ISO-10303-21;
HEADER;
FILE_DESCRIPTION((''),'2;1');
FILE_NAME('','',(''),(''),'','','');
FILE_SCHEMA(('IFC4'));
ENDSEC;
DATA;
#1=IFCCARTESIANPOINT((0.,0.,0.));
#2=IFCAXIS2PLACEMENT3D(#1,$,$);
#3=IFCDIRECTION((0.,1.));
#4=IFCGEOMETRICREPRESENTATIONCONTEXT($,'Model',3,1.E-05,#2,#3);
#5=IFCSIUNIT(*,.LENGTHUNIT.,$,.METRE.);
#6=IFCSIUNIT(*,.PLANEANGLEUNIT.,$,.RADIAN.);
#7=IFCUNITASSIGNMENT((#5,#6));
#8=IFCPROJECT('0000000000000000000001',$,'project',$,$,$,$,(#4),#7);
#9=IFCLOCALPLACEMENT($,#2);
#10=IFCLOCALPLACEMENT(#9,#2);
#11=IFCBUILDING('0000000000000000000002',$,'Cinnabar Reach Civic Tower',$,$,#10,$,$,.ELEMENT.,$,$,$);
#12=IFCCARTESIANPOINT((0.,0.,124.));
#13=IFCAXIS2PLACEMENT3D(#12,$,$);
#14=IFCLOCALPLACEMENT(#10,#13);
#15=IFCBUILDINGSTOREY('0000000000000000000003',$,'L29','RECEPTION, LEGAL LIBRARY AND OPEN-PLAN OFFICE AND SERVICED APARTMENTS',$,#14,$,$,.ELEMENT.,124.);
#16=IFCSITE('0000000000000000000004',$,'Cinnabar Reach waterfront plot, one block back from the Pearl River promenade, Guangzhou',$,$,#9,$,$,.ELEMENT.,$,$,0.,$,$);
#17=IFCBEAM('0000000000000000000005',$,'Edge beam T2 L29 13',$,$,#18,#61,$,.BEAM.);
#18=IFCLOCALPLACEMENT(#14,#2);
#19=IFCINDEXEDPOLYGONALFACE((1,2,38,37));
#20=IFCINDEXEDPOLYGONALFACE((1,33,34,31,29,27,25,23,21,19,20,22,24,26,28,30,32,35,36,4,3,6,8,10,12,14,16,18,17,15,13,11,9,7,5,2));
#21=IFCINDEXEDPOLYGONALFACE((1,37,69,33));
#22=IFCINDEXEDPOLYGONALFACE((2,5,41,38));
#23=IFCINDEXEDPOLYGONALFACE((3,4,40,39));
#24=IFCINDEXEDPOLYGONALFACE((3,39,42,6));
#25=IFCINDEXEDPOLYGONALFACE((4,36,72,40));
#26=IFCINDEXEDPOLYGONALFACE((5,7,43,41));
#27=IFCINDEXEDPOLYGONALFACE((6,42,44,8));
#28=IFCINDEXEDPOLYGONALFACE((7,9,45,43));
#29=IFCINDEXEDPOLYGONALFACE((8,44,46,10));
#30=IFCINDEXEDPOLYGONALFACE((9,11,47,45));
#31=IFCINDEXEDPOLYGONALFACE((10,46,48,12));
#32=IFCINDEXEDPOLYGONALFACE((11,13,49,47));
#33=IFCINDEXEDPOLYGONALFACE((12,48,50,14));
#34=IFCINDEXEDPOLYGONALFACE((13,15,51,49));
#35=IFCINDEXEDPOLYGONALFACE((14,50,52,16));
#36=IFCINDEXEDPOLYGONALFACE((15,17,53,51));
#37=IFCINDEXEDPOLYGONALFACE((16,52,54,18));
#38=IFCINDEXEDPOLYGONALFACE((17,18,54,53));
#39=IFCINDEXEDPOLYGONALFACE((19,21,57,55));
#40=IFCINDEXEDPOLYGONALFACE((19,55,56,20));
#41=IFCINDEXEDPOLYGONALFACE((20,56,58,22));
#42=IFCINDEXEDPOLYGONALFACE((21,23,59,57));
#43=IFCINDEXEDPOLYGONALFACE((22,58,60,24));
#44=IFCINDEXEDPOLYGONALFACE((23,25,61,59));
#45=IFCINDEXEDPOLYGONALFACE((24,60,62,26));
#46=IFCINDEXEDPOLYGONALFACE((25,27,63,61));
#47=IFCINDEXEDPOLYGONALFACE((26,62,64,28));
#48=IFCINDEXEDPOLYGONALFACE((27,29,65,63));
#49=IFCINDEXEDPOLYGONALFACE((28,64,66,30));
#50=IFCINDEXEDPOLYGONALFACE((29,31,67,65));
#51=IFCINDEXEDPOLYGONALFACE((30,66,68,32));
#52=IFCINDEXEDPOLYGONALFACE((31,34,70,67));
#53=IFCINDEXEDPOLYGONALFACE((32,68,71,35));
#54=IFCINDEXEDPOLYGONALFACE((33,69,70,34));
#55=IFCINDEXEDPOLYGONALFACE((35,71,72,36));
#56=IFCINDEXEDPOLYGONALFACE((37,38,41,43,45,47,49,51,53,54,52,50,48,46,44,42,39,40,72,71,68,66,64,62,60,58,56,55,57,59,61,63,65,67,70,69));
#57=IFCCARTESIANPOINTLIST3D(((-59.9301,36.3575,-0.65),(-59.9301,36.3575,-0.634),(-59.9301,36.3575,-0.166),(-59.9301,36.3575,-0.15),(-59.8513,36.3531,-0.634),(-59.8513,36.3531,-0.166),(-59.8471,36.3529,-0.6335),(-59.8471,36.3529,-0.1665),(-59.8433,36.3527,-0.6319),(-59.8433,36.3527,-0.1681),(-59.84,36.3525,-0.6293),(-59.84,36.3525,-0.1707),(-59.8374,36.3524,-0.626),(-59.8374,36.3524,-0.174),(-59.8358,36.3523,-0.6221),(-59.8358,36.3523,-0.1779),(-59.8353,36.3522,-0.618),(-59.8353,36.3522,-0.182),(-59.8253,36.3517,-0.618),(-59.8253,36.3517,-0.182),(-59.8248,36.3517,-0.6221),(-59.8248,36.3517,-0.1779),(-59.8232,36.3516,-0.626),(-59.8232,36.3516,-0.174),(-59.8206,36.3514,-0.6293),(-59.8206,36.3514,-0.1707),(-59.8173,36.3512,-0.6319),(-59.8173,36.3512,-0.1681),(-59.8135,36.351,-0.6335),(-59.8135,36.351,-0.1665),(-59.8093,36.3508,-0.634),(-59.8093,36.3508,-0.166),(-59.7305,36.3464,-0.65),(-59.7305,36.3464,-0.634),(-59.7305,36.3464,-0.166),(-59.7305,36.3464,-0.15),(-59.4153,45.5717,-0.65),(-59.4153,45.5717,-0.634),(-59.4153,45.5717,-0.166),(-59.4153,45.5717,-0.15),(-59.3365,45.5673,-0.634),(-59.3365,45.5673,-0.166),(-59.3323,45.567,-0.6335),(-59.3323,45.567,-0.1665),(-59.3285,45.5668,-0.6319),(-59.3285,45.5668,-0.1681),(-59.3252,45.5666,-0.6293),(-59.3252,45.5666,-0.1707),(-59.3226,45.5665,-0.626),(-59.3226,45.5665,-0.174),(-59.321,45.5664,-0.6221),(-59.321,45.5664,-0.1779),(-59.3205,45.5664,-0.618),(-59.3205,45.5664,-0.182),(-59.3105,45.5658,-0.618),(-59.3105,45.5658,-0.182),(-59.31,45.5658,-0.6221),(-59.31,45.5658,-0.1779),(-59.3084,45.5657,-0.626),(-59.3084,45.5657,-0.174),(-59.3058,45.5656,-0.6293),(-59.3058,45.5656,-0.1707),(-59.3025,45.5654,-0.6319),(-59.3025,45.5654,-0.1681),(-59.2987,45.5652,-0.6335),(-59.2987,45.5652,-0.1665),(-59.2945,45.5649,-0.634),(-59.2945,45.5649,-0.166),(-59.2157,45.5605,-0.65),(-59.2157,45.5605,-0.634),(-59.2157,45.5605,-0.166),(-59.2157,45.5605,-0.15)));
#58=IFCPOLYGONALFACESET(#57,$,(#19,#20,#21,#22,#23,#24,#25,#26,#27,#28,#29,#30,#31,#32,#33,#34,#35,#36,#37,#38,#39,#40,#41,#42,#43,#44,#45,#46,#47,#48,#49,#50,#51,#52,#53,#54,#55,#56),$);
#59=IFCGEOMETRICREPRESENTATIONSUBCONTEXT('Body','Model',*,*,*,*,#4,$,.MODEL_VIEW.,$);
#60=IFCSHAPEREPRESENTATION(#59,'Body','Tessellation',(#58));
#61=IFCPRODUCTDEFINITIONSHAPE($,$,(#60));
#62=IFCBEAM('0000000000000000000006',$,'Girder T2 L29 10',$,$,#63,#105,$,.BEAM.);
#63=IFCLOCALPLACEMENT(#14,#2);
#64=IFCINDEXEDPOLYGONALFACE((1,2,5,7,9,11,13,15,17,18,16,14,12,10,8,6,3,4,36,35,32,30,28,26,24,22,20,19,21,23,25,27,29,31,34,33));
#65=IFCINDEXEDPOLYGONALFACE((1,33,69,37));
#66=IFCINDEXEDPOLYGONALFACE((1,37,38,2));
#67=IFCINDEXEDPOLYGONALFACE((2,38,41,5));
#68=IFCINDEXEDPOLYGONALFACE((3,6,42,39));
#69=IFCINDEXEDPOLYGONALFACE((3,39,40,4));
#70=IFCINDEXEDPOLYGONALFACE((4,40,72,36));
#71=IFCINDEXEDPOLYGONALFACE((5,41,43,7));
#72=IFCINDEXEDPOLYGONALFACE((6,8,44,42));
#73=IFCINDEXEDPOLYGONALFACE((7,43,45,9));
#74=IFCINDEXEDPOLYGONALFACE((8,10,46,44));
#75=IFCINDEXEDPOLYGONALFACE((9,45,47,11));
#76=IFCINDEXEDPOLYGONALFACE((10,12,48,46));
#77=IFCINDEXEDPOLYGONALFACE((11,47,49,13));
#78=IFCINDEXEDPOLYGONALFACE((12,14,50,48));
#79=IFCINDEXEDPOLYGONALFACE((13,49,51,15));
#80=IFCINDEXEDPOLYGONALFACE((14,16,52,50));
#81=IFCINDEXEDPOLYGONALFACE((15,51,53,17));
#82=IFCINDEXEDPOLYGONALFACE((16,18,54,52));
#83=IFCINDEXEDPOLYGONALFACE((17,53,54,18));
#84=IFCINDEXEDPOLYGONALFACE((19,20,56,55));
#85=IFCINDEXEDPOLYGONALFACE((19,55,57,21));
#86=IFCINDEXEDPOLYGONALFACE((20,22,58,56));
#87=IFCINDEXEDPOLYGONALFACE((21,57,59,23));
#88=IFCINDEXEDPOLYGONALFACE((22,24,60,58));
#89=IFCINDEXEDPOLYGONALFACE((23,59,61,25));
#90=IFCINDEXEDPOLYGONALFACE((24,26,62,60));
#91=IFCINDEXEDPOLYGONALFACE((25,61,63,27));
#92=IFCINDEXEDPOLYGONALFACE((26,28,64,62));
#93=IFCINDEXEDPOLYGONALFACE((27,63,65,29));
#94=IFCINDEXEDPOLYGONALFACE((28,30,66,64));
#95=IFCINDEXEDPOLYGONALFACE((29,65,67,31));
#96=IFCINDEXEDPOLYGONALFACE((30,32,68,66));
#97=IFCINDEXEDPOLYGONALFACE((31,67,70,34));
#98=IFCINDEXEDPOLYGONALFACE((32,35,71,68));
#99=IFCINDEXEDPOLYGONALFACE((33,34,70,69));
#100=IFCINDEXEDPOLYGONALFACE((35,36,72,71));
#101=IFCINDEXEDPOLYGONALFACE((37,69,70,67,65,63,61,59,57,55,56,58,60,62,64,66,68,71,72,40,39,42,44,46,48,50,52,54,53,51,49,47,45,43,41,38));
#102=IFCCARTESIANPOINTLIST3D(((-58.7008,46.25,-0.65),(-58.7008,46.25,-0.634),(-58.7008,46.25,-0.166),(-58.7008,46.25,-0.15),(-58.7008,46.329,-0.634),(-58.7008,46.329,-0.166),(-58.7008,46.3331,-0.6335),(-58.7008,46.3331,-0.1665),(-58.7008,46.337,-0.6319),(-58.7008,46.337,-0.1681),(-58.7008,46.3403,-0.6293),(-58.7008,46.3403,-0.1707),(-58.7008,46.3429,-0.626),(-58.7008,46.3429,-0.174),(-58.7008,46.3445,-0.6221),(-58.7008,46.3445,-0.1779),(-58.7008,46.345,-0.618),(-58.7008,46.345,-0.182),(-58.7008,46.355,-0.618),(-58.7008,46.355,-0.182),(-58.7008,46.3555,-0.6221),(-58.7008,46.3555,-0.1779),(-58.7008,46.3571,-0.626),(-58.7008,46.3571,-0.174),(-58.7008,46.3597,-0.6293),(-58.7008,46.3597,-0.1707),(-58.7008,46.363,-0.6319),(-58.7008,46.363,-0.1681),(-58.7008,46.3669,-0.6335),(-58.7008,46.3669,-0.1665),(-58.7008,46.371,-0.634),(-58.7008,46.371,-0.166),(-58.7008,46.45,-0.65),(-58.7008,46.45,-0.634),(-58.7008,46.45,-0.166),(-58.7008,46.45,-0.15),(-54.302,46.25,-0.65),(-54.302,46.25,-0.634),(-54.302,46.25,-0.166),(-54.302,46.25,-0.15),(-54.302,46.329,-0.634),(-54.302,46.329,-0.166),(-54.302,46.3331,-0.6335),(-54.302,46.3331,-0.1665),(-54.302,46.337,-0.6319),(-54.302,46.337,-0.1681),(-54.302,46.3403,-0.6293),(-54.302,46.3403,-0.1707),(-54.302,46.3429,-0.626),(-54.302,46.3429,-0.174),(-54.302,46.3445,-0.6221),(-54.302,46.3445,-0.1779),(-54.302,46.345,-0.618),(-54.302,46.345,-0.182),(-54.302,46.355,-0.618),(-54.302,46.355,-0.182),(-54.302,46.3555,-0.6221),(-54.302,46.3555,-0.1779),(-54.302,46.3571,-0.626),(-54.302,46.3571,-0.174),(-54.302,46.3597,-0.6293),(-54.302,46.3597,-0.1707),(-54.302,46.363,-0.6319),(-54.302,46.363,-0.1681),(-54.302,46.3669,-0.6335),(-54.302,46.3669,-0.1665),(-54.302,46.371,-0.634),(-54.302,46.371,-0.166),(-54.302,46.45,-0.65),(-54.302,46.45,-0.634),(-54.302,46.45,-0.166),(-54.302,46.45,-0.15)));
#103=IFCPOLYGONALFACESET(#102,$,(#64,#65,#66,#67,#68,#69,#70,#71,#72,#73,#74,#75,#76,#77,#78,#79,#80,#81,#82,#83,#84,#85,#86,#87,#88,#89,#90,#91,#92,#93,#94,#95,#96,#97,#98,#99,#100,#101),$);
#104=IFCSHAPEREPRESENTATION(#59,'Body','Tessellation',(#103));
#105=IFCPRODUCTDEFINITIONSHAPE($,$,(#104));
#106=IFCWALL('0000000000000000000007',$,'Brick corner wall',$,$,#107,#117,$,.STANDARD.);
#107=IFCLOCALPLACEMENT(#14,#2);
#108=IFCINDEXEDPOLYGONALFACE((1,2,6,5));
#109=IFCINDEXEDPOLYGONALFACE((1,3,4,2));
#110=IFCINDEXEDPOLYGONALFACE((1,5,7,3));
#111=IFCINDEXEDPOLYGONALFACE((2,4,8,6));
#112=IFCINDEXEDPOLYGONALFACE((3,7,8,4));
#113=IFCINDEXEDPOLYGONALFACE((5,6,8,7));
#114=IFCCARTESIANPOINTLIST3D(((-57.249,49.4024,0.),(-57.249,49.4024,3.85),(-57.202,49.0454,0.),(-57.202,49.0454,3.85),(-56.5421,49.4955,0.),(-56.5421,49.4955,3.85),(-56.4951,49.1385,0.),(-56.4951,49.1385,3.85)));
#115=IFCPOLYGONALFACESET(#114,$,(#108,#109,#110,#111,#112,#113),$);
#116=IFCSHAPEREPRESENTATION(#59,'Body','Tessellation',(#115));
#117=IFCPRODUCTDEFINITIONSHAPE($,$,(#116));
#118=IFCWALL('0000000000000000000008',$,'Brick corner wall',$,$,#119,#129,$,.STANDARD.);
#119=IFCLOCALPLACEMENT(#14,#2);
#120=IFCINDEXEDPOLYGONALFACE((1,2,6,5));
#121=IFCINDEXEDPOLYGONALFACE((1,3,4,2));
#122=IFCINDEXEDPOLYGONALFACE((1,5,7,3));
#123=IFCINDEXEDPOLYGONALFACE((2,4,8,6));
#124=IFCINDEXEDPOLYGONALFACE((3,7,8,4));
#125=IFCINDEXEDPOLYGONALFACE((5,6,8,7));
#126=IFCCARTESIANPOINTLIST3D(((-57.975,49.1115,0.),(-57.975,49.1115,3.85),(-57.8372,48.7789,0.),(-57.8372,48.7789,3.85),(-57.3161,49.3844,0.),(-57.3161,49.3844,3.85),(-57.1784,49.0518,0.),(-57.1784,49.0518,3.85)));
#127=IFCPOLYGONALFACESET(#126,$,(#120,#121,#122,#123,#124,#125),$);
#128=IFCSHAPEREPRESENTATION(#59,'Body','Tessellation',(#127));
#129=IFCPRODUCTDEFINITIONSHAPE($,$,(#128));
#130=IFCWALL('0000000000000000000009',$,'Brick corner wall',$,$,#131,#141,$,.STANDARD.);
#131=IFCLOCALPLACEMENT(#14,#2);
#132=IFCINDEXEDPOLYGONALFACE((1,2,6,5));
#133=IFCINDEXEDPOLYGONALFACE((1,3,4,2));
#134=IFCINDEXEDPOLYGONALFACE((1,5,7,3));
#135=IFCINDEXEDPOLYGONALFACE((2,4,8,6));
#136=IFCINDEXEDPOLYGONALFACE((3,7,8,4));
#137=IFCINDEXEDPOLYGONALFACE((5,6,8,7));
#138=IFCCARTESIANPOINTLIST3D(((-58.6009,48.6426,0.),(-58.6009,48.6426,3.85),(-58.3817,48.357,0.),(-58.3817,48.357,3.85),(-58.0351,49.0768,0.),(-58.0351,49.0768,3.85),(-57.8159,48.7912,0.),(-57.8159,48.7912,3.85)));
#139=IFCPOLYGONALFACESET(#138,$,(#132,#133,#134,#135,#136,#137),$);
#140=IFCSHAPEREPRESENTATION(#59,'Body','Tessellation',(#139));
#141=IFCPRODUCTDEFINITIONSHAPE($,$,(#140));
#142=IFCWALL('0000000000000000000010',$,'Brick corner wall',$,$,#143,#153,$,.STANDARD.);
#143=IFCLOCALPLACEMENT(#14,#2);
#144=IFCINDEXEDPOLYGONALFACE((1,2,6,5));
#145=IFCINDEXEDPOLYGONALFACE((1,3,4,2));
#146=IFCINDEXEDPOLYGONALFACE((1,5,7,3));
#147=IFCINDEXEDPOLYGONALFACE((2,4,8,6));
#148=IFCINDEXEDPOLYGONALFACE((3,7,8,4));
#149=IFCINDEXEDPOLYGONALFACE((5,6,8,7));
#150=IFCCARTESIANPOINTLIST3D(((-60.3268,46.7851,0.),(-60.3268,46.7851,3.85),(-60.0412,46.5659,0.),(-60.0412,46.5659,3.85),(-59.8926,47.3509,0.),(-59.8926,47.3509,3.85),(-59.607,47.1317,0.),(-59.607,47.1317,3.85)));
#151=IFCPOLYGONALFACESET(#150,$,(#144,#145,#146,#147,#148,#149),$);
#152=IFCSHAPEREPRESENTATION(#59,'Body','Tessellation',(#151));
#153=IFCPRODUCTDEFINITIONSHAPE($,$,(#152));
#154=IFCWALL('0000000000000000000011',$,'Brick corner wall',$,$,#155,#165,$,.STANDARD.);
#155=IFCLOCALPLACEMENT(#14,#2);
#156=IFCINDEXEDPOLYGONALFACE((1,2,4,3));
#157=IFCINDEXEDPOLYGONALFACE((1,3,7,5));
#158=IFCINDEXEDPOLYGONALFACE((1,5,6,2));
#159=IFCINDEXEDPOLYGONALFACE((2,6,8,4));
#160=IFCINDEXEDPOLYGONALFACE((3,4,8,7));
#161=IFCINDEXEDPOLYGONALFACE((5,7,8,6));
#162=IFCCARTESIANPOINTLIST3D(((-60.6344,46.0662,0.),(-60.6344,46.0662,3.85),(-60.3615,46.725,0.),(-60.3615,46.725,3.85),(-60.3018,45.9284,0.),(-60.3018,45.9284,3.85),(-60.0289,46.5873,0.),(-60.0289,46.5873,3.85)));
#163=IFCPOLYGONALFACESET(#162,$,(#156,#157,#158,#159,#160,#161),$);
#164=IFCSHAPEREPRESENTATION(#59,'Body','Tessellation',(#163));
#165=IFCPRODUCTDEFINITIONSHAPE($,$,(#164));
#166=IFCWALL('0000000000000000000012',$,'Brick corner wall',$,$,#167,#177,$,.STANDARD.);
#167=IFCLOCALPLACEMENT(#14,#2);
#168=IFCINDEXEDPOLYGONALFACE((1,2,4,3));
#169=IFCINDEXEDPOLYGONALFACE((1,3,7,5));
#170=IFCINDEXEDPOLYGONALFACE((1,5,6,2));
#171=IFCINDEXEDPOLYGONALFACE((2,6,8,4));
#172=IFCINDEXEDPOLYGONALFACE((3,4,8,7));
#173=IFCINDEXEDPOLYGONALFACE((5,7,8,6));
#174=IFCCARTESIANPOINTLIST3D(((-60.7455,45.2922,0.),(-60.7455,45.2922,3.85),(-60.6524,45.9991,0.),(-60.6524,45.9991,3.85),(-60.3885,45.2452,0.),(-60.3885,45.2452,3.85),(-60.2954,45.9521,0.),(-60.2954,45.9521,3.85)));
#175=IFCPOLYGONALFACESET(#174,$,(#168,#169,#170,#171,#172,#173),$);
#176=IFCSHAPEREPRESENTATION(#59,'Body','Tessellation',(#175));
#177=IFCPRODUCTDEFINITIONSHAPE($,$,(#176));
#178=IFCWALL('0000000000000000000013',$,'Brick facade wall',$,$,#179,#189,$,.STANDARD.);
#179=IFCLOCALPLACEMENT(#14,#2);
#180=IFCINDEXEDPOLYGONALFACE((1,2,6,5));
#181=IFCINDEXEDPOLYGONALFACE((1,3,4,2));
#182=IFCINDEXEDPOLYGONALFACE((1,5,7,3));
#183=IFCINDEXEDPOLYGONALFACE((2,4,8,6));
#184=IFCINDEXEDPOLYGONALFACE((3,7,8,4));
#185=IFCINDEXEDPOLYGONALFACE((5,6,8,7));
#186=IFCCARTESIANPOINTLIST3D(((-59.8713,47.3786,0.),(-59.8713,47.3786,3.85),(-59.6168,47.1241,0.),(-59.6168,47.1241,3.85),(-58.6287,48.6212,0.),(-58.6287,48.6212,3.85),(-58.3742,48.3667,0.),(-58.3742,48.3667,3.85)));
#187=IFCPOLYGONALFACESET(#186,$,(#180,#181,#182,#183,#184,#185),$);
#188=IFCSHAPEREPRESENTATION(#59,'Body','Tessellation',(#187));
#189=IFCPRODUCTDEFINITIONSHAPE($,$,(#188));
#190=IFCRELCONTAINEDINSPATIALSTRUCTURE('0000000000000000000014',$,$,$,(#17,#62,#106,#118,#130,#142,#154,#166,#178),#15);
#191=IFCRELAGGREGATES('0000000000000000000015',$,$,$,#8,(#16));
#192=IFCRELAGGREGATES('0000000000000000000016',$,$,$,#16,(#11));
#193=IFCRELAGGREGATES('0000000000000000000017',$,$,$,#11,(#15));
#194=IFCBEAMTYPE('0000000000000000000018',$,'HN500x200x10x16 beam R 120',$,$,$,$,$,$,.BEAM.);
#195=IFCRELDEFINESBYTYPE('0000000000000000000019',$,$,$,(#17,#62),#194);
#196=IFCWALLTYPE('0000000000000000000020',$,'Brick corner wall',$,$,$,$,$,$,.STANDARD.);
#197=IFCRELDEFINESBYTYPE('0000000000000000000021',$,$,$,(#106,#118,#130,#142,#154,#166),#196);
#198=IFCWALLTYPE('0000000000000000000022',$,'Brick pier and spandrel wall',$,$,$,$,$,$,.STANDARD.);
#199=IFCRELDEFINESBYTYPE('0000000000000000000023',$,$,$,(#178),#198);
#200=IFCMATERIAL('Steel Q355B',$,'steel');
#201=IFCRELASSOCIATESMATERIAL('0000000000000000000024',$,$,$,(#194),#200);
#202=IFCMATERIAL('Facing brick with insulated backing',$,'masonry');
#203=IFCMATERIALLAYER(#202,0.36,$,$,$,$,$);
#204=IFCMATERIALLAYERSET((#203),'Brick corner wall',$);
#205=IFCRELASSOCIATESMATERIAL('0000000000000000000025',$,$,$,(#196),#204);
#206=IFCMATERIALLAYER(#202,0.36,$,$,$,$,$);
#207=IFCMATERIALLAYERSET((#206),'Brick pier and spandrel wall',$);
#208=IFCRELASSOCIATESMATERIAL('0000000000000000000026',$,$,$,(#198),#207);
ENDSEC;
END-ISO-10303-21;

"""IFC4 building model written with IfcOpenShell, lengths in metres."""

from ifc_helpers import new_model, si_unit, direction, frame, frame_2d, origin, origin_2d, place, context, subcontext, project, spatial, rectangle, i_section, extrude, material, layer, layer_set, material_profile, profile_set, type_object, element, save


model = new_model("IFC4")

# Units and contexts
model_context = context("Model", 3, precision=1e-05, world=origin(), true_north=direction((0.0, 1.0)))
body_context = subcontext(model_context, "Body", "Model", "MODEL_VIEW")
ifc_project = project(units=[si_unit("LENGTHUNIT", "METRE"), si_unit("PLANEANGLEUNIT", "RADIAN")], contexts=[model_context])

# Site, building, storey
site_placement = place(None, origin())
site = spatial("IfcSite", under=ifc_project, at=site_placement, Name="Cinnabar Reach waterfront plot, one block back from the Pearl River promenade, Guangzhou", CompositionType="ELEMENT", RefElevation=0.0)
building_placement = place(site_placement, origin())
building = spatial("IfcBuilding", under=site, at=building_placement, Name="Cinnabar Reach Civic Tower", CompositionType="ELEMENT")
storey_placement = place(building_placement, frame((0.0, 0.0, 124.0)))
storey = spatial("IfcBuildingStorey", under=building, at=storey_placement, Name="L29", Description="RECEPTION, LEGAL LIBRARY AND OPEN-PLAN OFFICE AND SERVICED APARTMENTS", CompositionType="ELEMENT", Elevation=124.0)

# Beams
ifc_material_1 = material(Name="Steel Q355B", Category="steel")
ifc_material_profile_1 = material_profile(ifc_material_1, i_section(OverallWidth=0.2, OverallDepth=0.5, WebThickness=0.01, FlangeThickness=0.016, FilletRadius=0.016, at=origin_2d()), Name="HN500x200x10x16")
ifc_profile_set_1 = profile_set([ifc_material_profile_1], Name="Steel Q355B")
beam_type_1 = type_object("IfcBeamType", Name="HN500x200x10x16 beam R 120", PredefinedType="BEAM", material=ifc_profile_set_1)
beam_1_placement = place(storey_placement, frame((-59.3155, 45.5661, -0.4), z_axis=(-0.055784, -0.998443, 0.0), x_axis=(0.998443, -0.055784, 0.0)))
element("IfcBeam", 1, at=beam_1_placement, inside=storey, type_object=beam_type_1, Name="Edge beam T2 L29 13", PredefinedType="BEAM", context=body_context, shape_type="SweptSolid", body=[
    extrude(i_section(OverallWidth=0.2, OverallDepth=0.5, WebThickness=0.01, FlangeThickness=0.016, FilletRadius=0.016, at=origin_2d()), origin(), (0.0, 0.0, 1.0), 9.2285),
])
beam_2_placement = place(storey_placement, frame((-58.7008, 46.35, -0.4), z_axis=(1.0, 0.0, 0.0), x_axis=(0.0, 1.0, 0.0)))
element("IfcBeam", 2, at=beam_2_placement, inside=storey, type_object=beam_type_1, Name="Girder T2 L29 10", PredefinedType="BEAM", context=body_context, shape_type="SweptSolid", body=[
    extrude(i_section(OverallWidth=0.2, OverallDepth=0.5, WebThickness=0.01, FlangeThickness=0.016, FilletRadius=0.016, at=origin_2d()), origin(), (0.0, 0.0, 1.0), 4.3988),
])

# Walls
ifc_material_2 = material(Name="Facing brick with insulated backing", Category="masonry")
ifc_layer_1 = layer(ifc_material_2, 0.36)
ifc_layer_set_1 = layer_set([ifc_layer_1], Name="Brick corner wall")
wall_type_1 = type_object("IfcWallType", Name="Brick corner wall", PredefinedType="STANDARD", material=ifc_layer_set_1)
for number, where, z_axis, x_axis, name in (
    (3, (-56.5186, 49.317, 0.0), (0.0, 0.0, 1.0), (-0.991441, -0.130556, 0.0), "Brick corner wall"),
    (4, (-57.2473, 49.2181, 0.0), (0.0, 0.0, 1.0), (-0.923872, -0.382703, 0.0), "Brick corner wall"),
):
    element("IfcWall", number, at=place(storey_placement, frame(where, z_axis=z_axis, x_axis=x_axis)), inside=storey, type_object=wall_type_1, Name=name, PredefinedType="STANDARD", context=body_context, shape_type="SweptSolid", body=[
        extrude(rectangle(XDim=0.7131, YDim=0.36, at=frame_2d((0.3565, 0.0))), origin(), (0.0, 0.0, 1.0), 3.85),
    ])
for number, where, z_axis, x_axis, name in (
    (5, (-57.9255, 48.934, 0.0), (0.0, 0.0, 1.0), (-0.793322, -0.608802, 0.0), "Brick corner wall"),
    (6, (-59.7498, 47.2413, 0.0), (0.0, 0.0, 1.0), (-0.608802, -0.793322, 0.0), "Brick corner wall"),
):
    element("IfcWall", number, at=place(storey_placement, frame(where, z_axis=z_axis, x_axis=x_axis)), inside=storey, type_object=wall_type_1, Name=name, PredefinedType="STANDARD", context=body_context, shape_type="SweptSolid", body=[
        extrude(rectangle(XDim=0.7132, YDim=0.36, at=frame_2d((0.3566, 0.0))), origin(), (0.0, 0.0, 1.0), 3.85),
    ])
for number, where, z_axis, x_axis, name in (
    (7, (-60.1952, 46.6561, 0.0), (0.0, 0.0, 1.0), (-0.382703, -0.923872, 0.0), "Brick corner wall"),
    (8, (-60.4739, 45.9756, 0.0), (0.0, 0.0, 1.0), (-0.130556, -0.991441, 0.0), "Brick corner wall"),
):
    element("IfcWall", number, at=place(storey_placement, frame(where, z_axis=z_axis, x_axis=x_axis)), inside=storey, type_object=wall_type_1, Name=name, PredefinedType="STANDARD", context=body_context, shape_type="SweptSolid", body=[
        extrude(rectangle(XDim=0.7131, YDim=0.36, at=frame_2d((0.3565, 0.0))), origin(), (0.0, 0.0, 1.0), 3.85),
    ])
ifc_layer_2 = layer(ifc_material_2, 0.36)
ifc_layer_set_2 = layer_set([ifc_layer_2], Name="Brick pier and spandrel wall")
wall_type_2 = type_object("IfcWallType", Name="Brick pier and spandrel wall", PredefinedType="STANDARD", material=ifc_layer_set_2)
wall_1_placement = place(storey_placement, frame((-58.5014, 48.494, 0.0), z_axis=(0.0, 0.0, 1.0), x_axis=(-0.707107, -0.707107, 0.0)))
element("IfcWall", 9, at=wall_1_placement, inside=storey, type_object=wall_type_2, Name="Brick facade wall", PredefinedType="STANDARD", context=body_context, shape_type="SweptSolid", body=[
    extrude(rectangle(XDim=1.7573, YDim=0.36, at=frame_2d((0.8787, 0.0))), origin(), (0.0, 0.0, 1.0), 3.85),
])

save(model, "model.ifc")
